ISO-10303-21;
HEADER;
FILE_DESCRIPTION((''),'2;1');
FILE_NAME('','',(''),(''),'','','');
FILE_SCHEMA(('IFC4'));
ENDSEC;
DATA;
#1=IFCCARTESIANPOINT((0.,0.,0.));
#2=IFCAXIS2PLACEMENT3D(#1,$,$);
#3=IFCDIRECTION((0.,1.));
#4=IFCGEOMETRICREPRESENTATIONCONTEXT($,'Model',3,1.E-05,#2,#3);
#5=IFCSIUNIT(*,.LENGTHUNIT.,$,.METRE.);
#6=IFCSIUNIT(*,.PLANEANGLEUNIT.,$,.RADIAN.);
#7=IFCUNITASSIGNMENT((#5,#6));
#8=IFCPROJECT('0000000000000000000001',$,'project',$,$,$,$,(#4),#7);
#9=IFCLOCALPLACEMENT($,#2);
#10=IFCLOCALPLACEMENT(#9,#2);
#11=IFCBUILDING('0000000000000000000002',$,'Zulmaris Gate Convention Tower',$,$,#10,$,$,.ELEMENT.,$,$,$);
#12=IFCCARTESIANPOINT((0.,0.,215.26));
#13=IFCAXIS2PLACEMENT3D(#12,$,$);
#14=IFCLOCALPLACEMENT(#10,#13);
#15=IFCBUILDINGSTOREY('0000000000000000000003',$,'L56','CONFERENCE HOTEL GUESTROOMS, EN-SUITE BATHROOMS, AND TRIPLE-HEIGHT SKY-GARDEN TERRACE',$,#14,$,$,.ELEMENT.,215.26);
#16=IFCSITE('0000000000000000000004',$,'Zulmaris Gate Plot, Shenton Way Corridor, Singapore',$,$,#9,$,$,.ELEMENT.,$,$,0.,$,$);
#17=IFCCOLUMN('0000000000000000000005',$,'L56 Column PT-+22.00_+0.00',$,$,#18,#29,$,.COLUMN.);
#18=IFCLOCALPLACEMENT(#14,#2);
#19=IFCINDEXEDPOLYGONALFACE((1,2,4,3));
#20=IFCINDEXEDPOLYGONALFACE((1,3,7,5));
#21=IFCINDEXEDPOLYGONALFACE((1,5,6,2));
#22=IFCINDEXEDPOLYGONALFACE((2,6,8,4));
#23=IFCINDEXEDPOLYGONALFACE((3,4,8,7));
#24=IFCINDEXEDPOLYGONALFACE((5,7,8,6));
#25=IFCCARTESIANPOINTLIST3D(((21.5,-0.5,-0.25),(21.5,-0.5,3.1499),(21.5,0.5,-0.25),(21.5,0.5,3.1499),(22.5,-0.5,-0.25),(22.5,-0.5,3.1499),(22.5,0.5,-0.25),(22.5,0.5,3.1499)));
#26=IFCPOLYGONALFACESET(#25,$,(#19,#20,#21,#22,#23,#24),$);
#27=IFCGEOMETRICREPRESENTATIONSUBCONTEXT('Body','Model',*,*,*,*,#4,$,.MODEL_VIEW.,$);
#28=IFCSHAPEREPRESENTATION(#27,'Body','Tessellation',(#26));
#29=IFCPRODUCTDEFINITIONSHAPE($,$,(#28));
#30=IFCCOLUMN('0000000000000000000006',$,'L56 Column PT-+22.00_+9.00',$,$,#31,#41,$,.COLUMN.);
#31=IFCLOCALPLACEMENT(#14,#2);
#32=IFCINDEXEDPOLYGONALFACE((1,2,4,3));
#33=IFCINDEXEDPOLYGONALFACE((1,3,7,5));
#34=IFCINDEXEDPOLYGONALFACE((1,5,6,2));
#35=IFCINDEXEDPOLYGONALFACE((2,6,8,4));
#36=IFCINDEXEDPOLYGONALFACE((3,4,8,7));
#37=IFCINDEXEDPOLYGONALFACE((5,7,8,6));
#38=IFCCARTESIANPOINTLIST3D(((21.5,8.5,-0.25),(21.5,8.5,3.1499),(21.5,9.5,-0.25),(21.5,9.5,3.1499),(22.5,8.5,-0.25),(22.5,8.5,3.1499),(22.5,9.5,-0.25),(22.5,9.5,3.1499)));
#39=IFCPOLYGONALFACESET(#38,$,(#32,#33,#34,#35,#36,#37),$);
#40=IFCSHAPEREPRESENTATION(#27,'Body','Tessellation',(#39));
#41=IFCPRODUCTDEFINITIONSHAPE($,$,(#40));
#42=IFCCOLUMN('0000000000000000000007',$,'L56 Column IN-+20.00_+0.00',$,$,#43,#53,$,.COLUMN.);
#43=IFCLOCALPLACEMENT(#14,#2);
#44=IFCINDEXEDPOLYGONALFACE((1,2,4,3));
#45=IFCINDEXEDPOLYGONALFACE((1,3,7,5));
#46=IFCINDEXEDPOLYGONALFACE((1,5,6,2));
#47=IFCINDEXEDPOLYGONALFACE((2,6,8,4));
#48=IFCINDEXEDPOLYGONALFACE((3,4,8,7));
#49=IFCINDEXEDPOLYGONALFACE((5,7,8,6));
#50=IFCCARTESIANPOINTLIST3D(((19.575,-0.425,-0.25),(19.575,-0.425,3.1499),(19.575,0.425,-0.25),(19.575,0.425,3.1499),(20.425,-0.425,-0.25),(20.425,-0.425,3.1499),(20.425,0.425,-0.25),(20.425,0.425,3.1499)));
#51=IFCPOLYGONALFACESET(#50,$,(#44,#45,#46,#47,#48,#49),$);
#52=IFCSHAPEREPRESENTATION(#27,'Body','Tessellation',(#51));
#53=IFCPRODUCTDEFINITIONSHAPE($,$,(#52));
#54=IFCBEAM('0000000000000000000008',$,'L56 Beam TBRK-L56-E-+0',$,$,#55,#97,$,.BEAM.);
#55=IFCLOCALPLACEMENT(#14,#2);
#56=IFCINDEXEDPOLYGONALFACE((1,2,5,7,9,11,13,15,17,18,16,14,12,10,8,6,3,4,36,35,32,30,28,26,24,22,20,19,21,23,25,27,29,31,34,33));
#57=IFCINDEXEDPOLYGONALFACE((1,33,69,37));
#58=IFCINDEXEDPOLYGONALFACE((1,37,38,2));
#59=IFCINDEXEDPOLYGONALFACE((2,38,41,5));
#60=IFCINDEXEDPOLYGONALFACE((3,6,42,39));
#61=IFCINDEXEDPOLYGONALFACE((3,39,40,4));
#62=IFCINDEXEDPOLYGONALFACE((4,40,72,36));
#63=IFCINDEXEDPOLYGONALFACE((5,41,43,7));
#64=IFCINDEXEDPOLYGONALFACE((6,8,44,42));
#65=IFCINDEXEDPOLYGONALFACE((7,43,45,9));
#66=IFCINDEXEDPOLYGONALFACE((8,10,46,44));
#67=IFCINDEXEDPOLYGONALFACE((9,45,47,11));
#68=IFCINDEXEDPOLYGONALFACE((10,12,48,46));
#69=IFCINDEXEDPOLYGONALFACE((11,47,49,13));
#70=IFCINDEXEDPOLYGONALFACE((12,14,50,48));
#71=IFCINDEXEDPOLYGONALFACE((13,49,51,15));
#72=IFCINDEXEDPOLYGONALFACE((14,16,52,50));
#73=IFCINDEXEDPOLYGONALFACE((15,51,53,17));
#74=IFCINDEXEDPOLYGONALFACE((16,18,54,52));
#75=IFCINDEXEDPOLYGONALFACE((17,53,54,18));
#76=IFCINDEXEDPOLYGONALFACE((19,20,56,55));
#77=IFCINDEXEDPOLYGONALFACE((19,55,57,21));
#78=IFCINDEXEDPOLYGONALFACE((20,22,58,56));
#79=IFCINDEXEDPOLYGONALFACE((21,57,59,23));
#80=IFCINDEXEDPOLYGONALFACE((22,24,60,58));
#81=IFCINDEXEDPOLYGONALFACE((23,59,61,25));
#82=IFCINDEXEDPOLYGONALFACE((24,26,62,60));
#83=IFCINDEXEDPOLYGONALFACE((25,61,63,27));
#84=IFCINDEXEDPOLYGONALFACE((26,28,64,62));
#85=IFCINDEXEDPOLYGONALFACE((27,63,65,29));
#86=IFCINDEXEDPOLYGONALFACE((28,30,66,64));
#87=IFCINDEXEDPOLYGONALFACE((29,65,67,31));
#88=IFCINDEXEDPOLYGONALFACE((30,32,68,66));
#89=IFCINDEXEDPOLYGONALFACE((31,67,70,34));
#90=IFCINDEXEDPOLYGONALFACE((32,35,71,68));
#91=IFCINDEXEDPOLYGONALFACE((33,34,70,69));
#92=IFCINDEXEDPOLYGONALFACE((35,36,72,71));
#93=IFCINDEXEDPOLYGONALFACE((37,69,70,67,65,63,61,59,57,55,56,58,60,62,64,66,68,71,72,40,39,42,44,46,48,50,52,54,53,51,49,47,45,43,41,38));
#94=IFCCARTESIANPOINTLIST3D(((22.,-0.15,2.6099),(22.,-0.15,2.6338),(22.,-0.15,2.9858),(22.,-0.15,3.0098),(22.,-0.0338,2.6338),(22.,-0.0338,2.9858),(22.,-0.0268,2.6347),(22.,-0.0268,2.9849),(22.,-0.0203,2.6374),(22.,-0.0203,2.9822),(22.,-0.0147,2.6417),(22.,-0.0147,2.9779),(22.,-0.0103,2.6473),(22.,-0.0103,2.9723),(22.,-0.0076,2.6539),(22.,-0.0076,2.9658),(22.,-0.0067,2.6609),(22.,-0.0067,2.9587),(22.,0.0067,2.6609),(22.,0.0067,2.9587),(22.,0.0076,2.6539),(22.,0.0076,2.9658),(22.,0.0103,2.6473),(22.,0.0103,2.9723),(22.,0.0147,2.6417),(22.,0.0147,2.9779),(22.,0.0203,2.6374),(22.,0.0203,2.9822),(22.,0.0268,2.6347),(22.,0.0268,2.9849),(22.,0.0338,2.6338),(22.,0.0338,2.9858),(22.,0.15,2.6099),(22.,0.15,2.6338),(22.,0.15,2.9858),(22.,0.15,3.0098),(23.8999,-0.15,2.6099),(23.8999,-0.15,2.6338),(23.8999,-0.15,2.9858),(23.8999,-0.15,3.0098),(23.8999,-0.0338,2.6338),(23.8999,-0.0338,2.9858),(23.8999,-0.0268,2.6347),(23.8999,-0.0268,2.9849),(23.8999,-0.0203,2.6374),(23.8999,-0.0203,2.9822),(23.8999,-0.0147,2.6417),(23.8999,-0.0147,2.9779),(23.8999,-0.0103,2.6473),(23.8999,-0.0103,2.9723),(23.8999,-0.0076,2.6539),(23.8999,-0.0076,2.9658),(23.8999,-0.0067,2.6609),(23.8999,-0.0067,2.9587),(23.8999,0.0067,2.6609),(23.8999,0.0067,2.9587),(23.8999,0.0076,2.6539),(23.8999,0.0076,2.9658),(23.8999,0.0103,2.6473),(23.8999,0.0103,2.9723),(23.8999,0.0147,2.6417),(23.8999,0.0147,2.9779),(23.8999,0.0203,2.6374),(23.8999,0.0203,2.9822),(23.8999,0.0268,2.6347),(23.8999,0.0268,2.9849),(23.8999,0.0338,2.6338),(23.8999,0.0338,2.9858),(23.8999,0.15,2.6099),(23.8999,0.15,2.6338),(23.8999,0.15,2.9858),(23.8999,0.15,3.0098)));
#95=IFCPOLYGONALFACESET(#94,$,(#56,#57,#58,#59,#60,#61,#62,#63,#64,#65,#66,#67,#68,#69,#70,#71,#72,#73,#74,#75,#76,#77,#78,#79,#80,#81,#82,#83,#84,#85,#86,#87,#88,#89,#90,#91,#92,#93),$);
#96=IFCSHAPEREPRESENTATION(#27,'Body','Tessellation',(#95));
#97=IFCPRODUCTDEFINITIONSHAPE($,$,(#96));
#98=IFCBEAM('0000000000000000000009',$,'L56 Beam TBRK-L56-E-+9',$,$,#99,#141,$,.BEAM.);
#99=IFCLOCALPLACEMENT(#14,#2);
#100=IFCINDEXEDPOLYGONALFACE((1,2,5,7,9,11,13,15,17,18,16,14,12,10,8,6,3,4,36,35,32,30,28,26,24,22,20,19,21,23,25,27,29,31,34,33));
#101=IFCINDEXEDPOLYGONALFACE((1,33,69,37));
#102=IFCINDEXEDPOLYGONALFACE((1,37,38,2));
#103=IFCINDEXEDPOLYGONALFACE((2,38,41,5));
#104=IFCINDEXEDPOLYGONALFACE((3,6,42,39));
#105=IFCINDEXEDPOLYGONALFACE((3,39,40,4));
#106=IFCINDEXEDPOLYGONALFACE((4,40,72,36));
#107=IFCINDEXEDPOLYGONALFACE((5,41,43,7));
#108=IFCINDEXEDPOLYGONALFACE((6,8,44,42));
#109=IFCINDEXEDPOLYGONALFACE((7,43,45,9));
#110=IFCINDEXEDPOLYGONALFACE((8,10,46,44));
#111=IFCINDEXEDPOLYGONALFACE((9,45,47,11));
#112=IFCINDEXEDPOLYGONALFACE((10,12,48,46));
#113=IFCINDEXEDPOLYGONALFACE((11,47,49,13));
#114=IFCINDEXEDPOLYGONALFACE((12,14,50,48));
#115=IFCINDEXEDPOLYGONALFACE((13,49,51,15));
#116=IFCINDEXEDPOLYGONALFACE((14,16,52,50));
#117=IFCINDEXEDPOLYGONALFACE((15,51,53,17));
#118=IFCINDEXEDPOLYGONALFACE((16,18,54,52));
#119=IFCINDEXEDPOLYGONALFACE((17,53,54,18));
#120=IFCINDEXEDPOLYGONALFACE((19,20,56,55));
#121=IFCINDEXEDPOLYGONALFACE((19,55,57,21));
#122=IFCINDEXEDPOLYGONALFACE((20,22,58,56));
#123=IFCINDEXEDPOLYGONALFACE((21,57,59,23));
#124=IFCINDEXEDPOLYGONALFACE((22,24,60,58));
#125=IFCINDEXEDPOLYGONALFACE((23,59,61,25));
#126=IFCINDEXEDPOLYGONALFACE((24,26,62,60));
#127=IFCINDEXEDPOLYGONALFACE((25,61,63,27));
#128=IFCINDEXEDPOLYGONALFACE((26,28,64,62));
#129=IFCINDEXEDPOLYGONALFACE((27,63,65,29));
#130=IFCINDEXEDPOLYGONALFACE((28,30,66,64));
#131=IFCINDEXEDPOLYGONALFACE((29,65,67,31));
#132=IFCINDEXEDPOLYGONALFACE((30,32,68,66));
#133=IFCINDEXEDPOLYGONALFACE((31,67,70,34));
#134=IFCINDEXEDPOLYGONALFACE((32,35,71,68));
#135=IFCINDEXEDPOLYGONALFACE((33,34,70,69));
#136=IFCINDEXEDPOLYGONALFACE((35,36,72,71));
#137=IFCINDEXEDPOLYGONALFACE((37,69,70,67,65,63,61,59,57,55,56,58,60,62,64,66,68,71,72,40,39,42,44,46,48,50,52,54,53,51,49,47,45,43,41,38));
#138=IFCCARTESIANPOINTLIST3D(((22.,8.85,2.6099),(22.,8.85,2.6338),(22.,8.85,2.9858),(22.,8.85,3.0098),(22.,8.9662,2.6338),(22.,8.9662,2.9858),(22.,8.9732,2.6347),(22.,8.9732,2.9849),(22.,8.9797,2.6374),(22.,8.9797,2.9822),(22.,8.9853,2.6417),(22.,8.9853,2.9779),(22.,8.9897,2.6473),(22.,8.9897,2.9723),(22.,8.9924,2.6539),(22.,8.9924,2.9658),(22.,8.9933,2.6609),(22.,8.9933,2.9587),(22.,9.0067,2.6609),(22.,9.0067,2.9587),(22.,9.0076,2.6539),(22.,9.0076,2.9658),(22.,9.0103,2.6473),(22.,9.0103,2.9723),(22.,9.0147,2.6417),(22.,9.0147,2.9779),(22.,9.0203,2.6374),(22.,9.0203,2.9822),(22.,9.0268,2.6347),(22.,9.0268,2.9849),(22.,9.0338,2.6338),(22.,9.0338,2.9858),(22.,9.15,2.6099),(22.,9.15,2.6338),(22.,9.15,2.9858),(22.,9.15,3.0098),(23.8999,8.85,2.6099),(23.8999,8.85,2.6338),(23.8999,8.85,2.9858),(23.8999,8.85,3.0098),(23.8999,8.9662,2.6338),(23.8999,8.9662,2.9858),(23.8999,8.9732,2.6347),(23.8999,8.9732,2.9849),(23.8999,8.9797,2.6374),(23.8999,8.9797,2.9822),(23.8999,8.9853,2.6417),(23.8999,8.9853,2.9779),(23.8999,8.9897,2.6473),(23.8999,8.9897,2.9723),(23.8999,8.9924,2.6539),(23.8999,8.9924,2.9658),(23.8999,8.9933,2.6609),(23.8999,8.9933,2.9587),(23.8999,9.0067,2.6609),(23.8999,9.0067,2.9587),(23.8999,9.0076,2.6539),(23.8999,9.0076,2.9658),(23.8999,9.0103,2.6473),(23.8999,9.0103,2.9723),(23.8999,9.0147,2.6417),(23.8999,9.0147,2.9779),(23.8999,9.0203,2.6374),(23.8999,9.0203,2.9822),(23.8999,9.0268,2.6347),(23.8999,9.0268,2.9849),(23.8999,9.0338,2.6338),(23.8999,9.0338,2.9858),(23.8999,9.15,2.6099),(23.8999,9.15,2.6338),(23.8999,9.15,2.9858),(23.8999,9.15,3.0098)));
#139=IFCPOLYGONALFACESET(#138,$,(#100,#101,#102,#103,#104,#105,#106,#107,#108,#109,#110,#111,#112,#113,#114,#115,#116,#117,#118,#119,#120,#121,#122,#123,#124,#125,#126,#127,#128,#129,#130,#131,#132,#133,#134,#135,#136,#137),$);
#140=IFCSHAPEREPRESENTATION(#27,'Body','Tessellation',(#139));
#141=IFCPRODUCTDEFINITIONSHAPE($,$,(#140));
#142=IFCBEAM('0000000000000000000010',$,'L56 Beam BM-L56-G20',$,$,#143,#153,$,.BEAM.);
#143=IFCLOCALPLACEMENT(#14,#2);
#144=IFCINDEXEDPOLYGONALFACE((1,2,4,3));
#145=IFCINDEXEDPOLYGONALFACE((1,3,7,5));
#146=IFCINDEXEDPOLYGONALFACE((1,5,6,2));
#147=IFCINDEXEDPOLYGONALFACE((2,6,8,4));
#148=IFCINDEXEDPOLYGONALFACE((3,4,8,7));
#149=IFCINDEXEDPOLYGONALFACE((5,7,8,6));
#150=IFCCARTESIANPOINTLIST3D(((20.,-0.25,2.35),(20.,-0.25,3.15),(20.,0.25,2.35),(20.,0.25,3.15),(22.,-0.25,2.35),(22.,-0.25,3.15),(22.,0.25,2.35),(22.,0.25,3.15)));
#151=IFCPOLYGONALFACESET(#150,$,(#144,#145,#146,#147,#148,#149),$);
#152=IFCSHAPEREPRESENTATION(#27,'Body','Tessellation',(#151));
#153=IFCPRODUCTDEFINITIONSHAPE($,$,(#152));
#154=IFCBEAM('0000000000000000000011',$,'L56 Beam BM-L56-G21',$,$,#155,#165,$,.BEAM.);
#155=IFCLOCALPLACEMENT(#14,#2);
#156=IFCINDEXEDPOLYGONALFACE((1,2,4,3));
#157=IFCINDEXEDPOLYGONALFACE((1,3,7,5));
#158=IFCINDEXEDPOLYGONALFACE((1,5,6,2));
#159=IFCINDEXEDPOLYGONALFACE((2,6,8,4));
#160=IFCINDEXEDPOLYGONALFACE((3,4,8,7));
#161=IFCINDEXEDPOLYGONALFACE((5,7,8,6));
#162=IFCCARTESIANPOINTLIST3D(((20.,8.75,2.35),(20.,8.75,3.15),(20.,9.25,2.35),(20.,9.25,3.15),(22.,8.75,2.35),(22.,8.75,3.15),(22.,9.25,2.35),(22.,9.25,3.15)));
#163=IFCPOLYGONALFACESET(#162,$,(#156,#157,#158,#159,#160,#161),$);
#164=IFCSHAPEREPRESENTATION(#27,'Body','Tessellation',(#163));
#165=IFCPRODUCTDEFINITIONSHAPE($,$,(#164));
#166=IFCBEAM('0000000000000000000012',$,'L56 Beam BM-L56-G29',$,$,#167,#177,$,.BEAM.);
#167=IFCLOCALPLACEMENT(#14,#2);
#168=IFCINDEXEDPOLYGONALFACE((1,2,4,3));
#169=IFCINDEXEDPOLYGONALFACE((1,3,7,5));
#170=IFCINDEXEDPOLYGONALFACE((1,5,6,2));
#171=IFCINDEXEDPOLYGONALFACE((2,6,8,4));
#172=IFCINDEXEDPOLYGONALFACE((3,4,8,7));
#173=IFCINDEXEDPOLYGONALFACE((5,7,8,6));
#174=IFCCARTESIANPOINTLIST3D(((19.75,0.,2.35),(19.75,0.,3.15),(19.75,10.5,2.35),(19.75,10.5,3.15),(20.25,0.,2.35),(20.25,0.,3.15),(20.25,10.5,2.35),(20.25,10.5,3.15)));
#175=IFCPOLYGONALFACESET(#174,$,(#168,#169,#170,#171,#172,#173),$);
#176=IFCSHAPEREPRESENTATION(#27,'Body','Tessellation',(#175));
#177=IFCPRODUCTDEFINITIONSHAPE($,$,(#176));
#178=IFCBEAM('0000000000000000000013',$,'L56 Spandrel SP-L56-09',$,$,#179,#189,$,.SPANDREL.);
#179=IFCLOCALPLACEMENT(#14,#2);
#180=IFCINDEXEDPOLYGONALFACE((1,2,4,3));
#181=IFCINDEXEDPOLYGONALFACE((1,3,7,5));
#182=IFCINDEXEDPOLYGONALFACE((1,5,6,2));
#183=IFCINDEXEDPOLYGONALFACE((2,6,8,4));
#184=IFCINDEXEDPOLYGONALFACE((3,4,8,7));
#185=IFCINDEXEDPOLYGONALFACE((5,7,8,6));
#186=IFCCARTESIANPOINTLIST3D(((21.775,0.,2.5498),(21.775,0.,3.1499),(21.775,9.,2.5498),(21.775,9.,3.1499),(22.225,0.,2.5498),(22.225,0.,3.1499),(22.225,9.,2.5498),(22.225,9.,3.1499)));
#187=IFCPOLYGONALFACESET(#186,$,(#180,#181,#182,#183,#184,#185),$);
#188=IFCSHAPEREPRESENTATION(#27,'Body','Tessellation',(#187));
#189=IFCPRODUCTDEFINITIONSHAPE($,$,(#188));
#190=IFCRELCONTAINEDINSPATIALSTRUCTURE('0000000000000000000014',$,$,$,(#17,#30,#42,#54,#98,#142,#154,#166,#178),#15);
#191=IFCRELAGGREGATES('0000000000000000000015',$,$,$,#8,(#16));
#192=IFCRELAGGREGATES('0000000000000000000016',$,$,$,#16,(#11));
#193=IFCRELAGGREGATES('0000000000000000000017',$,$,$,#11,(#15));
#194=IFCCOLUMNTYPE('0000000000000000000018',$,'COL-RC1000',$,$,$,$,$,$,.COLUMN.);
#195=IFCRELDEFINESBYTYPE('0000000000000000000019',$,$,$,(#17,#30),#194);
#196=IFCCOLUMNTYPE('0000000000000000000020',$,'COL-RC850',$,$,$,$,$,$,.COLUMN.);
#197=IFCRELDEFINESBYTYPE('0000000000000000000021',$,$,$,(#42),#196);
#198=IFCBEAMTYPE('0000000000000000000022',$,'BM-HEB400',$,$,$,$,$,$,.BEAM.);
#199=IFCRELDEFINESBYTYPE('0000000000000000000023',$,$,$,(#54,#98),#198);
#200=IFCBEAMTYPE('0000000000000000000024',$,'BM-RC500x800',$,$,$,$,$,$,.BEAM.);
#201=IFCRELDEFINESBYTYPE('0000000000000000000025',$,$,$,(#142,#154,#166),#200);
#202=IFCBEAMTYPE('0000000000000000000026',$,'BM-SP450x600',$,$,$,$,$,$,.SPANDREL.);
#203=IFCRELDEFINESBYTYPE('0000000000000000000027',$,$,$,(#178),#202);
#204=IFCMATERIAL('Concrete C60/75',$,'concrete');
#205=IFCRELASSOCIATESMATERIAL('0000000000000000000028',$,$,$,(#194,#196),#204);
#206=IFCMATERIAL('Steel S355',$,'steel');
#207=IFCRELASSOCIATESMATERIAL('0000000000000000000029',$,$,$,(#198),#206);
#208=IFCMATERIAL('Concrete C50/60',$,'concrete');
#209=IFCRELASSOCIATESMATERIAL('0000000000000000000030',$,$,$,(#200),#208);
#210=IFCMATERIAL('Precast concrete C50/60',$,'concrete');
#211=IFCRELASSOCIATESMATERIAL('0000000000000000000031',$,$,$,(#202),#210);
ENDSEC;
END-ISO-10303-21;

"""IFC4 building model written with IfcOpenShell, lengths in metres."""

from ifc_helpers import new_model, si_unit, direction, frame, origin, origin_2d, place, context, subcontext, project, spatial, rectangle, i_section, extrude, material, material_profile, profile_set, type_object, element, save


model = new_model("IFC4")

# Units and contexts
model_context = context("Model", 3, precision=1e-05, world=origin(), true_north=direction((0.0, 1.0)))
body_context = subcontext(model_context, "Body", "Model", "MODEL_VIEW")
ifc_project = project(units=[si_unit("LENGTHUNIT", "METRE"), si_unit("PLANEANGLEUNIT", "RADIAN")], contexts=[model_context])

# Site, building, storey
site_placement = place(None, origin())
site = spatial("IfcSite", under=ifc_project, at=site_placement, Name="Zulmaris Gate Plot, Shenton Way Corridor, Singapore", CompositionType="ELEMENT", RefElevation=0.0)
building_placement = place(site_placement, origin())
building = spatial("IfcBuilding", under=site, at=building_placement, Name="Zulmaris Gate Convention Tower", CompositionType="ELEMENT")
storey_placement = place(building_placement, frame((0.0, 0.0, 215.26)))
storey = spatial("IfcBuildingStorey", under=building, at=storey_placement, Name="L56", Description="CONFERENCE HOTEL GUESTROOMS, EN-SUITE BATHROOMS, AND TRIPLE-HEIGHT SKY-GARDEN TERRACE", CompositionType="ELEMENT", Elevation=215.26)

# Columns
ifc_material_1 = material(Name="Concrete C60/75", Category="concrete")
ifc_material_profile_1 = material_profile(ifc_material_1, rectangle(XDim=1.0, YDim=1.0, at=origin_2d()), Name="RC COL 1000x1000")
ifc_profile_set_1 = profile_set([ifc_material_profile_1], Name="Concrete C60/75")
column_type_1 = type_object("IfcColumnType", Name="COL-RC1000", PredefinedType="COLUMN", material=ifc_profile_set_1)
for number, where, z_axis, x_axis, name in (
    (1, (22.0, 0.0, -0.25), (0.0, 0.0, 1.0), (1.0, 0.0, 0.0), "L56 Column PT-+22.00_+0.00"),
    (2, (22.0, 9.0, -0.25), (0.0, 0.0, 1.0), (1.0, 0.0, 0.0), "L56 Column PT-+22.00_+9.00"),
):
    element("IfcColumn", number, at=place(storey_placement, frame(where, z_axis=z_axis, x_axis=x_axis)), inside=storey, type_object=column_type_1, Name=name, PredefinedType="COLUMN", context=body_context, shape_type="SweptSolid", body=[
        extrude(rectangle(XDim=1.0, YDim=1.0, at=origin_2d()), origin(), (0.0, 0.0, 1.0), 3.3999),
    ])
ifc_material_profile_2 = material_profile(ifc_material_1, rectangle(XDim=0.8501, YDim=0.8501, at=origin_2d()), Name="RC COL 850x850")
ifc_profile_set_2 = profile_set([ifc_material_profile_2], Name="Concrete C60/75")
column_type_2 = type_object("IfcColumnType", Name="COL-RC850", PredefinedType="COLUMN", material=ifc_profile_set_2)
column_placement = place(storey_placement, frame((20.0, 0.0, -0.25), z_axis=(0.0, 0.0, 1.0), x_axis=(1.0, 0.0, 0.0)))
element("IfcColumn", 3, at=column_placement, inside=storey, type_object=column_type_2, Name="L56 Column IN-+20.00_+0.00", PredefinedType="COLUMN", context=body_context, shape_type="SweptSolid", body=[
    extrude(rectangle(XDim=0.8501, YDim=0.8501, at=origin_2d()), origin(), (0.0, 0.0, 1.0), 3.3999),
])

# Beams
ifc_material_2 = material(Name="Steel S355", Category="steel")
ifc_material_profile_3 = material_profile(ifc_material_2, i_section(OverallWidth=0.3, OverallDepth=0.3999, WebThickness=0.0134, FlangeThickness=0.0239, FilletRadius=0.0271, at=origin_2d()), Name="HEB 400")
ifc_profile_set_3 = profile_set([ifc_material_profile_3], Name="Steel S355")
beam_type_1 = type_object("IfcBeamType", Name="BM-HEB400", PredefinedType="BEAM", material=ifc_profile_set_3)
for number, where, z_axis, x_axis, name in (
    (4, (22.0, 0.0, 2.8098), (1.0, 0.0, 0.0), (0.0, 1.0, 0.0), "L56 Beam TBRK-L56-E-+0"),
    (5, (22.0, 9.0, 2.8098), (1.0, 0.0, 0.0), (0.0, 1.0, 0.0), "L56 Beam TBRK-L56-E-+9"),
):
    element("IfcBeam", number, at=place(storey_placement, frame(where, z_axis=z_axis, x_axis=x_axis)), inside=storey, type_object=beam_type_1, Name=name, PredefinedType="BEAM", context=body_context, shape_type="SweptSolid", body=[
        extrude(i_section(OverallWidth=0.3, OverallDepth=0.3999, WebThickness=0.0134, FlangeThickness=0.0239, FilletRadius=0.0271, at=origin_2d()), origin(), (0.0, 0.0, 1.0), 1.8999),
    ])
ifc_material_3 = material(Name="Concrete C50/60", Category="concrete")
ifc_material_profile_4 = material_profile(ifc_material_3, rectangle(XDim=0.5, YDim=0.8, at=origin_2d()), Name="RC BEAM 500x800")
ifc_profile_set_4 = profile_set([ifc_material_profile_4], Name="Concrete C50/60")
beam_type_2 = type_object("IfcBeamType", Name="BM-RC500x800", PredefinedType="BEAM", material=ifc_profile_set_4)
for number, where, z_axis, x_axis, name in (
    (6, (20.0, 0.0, 2.75), (1.0, 0.0, 0.0), (0.0, 1.0, 0.0), "L56 Beam BM-L56-G20"),
    (7, (20.0, 9.0, 2.75), (1.0, 0.0, 0.0), (0.0, 1.0, 0.0), "L56 Beam BM-L56-G21"),
):
    element("IfcBeam", number, at=place(storey_placement, frame(where, z_axis=z_axis, x_axis=x_axis)), inside=storey, type_object=beam_type_2, Name=name, PredefinedType="BEAM", context=body_context, shape_type="SweptSolid", body=[
        extrude(rectangle(XDim=0.5, YDim=0.8, at=origin_2d()), origin(), (0.0, 0.0, 1.0), 2.0),
    ])
beam_1_placement = place(storey_placement, frame((20.0, 0.0, 2.75), z_axis=(0.0, 1.0, 0.0), x_axis=(-1.0, 0.0, 0.0)))
element("IfcBeam", 8, at=beam_1_placement, inside=storey, type_object=beam_type_2, Name="L56 Beam BM-L56-G29", PredefinedType="BEAM", context=body_context, shape_type="SweptSolid", body=[
    extrude(rectangle(XDim=0.5, YDim=0.8, at=origin_2d()), origin(), (0.0, 0.0, 1.0), 10.5),
])
ifc_material_4 = material(Name="Precast concrete C50/60", Category="concrete")
ifc_material_profile_5 = material_profile(ifc_material_4, rectangle(XDim=0.45, YDim=0.6001, at=origin_2d()), Name="RC SPANDREL 450x600")
ifc_profile_set_5 = profile_set([ifc_material_profile_5], Name="Precast concrete C50/60")
beam_type_3 = type_object("IfcBeamType", Name="BM-SP450x600", PredefinedType="SPANDREL", material=ifc_profile_set_5)
beam_2_placement = place(storey_placement, frame((22.0, 0.0, 2.8499), z_axis=(0.0, 1.0, 0.0), x_axis=(-1.0, 0.0, 0.0)))
element("IfcBeam", 9, at=beam_2_placement, inside=storey, type_object=beam_type_3, Name="L56 Spandrel SP-L56-09", PredefinedType="SPANDREL", context=body_context, shape_type="SweptSolid", body=[
    extrude(rectangle(XDim=0.45, YDim=0.6001, at=origin_2d()), origin(), (0.0, 0.0, 1.0), 9.0),
])

save(model, "model.ifc")
